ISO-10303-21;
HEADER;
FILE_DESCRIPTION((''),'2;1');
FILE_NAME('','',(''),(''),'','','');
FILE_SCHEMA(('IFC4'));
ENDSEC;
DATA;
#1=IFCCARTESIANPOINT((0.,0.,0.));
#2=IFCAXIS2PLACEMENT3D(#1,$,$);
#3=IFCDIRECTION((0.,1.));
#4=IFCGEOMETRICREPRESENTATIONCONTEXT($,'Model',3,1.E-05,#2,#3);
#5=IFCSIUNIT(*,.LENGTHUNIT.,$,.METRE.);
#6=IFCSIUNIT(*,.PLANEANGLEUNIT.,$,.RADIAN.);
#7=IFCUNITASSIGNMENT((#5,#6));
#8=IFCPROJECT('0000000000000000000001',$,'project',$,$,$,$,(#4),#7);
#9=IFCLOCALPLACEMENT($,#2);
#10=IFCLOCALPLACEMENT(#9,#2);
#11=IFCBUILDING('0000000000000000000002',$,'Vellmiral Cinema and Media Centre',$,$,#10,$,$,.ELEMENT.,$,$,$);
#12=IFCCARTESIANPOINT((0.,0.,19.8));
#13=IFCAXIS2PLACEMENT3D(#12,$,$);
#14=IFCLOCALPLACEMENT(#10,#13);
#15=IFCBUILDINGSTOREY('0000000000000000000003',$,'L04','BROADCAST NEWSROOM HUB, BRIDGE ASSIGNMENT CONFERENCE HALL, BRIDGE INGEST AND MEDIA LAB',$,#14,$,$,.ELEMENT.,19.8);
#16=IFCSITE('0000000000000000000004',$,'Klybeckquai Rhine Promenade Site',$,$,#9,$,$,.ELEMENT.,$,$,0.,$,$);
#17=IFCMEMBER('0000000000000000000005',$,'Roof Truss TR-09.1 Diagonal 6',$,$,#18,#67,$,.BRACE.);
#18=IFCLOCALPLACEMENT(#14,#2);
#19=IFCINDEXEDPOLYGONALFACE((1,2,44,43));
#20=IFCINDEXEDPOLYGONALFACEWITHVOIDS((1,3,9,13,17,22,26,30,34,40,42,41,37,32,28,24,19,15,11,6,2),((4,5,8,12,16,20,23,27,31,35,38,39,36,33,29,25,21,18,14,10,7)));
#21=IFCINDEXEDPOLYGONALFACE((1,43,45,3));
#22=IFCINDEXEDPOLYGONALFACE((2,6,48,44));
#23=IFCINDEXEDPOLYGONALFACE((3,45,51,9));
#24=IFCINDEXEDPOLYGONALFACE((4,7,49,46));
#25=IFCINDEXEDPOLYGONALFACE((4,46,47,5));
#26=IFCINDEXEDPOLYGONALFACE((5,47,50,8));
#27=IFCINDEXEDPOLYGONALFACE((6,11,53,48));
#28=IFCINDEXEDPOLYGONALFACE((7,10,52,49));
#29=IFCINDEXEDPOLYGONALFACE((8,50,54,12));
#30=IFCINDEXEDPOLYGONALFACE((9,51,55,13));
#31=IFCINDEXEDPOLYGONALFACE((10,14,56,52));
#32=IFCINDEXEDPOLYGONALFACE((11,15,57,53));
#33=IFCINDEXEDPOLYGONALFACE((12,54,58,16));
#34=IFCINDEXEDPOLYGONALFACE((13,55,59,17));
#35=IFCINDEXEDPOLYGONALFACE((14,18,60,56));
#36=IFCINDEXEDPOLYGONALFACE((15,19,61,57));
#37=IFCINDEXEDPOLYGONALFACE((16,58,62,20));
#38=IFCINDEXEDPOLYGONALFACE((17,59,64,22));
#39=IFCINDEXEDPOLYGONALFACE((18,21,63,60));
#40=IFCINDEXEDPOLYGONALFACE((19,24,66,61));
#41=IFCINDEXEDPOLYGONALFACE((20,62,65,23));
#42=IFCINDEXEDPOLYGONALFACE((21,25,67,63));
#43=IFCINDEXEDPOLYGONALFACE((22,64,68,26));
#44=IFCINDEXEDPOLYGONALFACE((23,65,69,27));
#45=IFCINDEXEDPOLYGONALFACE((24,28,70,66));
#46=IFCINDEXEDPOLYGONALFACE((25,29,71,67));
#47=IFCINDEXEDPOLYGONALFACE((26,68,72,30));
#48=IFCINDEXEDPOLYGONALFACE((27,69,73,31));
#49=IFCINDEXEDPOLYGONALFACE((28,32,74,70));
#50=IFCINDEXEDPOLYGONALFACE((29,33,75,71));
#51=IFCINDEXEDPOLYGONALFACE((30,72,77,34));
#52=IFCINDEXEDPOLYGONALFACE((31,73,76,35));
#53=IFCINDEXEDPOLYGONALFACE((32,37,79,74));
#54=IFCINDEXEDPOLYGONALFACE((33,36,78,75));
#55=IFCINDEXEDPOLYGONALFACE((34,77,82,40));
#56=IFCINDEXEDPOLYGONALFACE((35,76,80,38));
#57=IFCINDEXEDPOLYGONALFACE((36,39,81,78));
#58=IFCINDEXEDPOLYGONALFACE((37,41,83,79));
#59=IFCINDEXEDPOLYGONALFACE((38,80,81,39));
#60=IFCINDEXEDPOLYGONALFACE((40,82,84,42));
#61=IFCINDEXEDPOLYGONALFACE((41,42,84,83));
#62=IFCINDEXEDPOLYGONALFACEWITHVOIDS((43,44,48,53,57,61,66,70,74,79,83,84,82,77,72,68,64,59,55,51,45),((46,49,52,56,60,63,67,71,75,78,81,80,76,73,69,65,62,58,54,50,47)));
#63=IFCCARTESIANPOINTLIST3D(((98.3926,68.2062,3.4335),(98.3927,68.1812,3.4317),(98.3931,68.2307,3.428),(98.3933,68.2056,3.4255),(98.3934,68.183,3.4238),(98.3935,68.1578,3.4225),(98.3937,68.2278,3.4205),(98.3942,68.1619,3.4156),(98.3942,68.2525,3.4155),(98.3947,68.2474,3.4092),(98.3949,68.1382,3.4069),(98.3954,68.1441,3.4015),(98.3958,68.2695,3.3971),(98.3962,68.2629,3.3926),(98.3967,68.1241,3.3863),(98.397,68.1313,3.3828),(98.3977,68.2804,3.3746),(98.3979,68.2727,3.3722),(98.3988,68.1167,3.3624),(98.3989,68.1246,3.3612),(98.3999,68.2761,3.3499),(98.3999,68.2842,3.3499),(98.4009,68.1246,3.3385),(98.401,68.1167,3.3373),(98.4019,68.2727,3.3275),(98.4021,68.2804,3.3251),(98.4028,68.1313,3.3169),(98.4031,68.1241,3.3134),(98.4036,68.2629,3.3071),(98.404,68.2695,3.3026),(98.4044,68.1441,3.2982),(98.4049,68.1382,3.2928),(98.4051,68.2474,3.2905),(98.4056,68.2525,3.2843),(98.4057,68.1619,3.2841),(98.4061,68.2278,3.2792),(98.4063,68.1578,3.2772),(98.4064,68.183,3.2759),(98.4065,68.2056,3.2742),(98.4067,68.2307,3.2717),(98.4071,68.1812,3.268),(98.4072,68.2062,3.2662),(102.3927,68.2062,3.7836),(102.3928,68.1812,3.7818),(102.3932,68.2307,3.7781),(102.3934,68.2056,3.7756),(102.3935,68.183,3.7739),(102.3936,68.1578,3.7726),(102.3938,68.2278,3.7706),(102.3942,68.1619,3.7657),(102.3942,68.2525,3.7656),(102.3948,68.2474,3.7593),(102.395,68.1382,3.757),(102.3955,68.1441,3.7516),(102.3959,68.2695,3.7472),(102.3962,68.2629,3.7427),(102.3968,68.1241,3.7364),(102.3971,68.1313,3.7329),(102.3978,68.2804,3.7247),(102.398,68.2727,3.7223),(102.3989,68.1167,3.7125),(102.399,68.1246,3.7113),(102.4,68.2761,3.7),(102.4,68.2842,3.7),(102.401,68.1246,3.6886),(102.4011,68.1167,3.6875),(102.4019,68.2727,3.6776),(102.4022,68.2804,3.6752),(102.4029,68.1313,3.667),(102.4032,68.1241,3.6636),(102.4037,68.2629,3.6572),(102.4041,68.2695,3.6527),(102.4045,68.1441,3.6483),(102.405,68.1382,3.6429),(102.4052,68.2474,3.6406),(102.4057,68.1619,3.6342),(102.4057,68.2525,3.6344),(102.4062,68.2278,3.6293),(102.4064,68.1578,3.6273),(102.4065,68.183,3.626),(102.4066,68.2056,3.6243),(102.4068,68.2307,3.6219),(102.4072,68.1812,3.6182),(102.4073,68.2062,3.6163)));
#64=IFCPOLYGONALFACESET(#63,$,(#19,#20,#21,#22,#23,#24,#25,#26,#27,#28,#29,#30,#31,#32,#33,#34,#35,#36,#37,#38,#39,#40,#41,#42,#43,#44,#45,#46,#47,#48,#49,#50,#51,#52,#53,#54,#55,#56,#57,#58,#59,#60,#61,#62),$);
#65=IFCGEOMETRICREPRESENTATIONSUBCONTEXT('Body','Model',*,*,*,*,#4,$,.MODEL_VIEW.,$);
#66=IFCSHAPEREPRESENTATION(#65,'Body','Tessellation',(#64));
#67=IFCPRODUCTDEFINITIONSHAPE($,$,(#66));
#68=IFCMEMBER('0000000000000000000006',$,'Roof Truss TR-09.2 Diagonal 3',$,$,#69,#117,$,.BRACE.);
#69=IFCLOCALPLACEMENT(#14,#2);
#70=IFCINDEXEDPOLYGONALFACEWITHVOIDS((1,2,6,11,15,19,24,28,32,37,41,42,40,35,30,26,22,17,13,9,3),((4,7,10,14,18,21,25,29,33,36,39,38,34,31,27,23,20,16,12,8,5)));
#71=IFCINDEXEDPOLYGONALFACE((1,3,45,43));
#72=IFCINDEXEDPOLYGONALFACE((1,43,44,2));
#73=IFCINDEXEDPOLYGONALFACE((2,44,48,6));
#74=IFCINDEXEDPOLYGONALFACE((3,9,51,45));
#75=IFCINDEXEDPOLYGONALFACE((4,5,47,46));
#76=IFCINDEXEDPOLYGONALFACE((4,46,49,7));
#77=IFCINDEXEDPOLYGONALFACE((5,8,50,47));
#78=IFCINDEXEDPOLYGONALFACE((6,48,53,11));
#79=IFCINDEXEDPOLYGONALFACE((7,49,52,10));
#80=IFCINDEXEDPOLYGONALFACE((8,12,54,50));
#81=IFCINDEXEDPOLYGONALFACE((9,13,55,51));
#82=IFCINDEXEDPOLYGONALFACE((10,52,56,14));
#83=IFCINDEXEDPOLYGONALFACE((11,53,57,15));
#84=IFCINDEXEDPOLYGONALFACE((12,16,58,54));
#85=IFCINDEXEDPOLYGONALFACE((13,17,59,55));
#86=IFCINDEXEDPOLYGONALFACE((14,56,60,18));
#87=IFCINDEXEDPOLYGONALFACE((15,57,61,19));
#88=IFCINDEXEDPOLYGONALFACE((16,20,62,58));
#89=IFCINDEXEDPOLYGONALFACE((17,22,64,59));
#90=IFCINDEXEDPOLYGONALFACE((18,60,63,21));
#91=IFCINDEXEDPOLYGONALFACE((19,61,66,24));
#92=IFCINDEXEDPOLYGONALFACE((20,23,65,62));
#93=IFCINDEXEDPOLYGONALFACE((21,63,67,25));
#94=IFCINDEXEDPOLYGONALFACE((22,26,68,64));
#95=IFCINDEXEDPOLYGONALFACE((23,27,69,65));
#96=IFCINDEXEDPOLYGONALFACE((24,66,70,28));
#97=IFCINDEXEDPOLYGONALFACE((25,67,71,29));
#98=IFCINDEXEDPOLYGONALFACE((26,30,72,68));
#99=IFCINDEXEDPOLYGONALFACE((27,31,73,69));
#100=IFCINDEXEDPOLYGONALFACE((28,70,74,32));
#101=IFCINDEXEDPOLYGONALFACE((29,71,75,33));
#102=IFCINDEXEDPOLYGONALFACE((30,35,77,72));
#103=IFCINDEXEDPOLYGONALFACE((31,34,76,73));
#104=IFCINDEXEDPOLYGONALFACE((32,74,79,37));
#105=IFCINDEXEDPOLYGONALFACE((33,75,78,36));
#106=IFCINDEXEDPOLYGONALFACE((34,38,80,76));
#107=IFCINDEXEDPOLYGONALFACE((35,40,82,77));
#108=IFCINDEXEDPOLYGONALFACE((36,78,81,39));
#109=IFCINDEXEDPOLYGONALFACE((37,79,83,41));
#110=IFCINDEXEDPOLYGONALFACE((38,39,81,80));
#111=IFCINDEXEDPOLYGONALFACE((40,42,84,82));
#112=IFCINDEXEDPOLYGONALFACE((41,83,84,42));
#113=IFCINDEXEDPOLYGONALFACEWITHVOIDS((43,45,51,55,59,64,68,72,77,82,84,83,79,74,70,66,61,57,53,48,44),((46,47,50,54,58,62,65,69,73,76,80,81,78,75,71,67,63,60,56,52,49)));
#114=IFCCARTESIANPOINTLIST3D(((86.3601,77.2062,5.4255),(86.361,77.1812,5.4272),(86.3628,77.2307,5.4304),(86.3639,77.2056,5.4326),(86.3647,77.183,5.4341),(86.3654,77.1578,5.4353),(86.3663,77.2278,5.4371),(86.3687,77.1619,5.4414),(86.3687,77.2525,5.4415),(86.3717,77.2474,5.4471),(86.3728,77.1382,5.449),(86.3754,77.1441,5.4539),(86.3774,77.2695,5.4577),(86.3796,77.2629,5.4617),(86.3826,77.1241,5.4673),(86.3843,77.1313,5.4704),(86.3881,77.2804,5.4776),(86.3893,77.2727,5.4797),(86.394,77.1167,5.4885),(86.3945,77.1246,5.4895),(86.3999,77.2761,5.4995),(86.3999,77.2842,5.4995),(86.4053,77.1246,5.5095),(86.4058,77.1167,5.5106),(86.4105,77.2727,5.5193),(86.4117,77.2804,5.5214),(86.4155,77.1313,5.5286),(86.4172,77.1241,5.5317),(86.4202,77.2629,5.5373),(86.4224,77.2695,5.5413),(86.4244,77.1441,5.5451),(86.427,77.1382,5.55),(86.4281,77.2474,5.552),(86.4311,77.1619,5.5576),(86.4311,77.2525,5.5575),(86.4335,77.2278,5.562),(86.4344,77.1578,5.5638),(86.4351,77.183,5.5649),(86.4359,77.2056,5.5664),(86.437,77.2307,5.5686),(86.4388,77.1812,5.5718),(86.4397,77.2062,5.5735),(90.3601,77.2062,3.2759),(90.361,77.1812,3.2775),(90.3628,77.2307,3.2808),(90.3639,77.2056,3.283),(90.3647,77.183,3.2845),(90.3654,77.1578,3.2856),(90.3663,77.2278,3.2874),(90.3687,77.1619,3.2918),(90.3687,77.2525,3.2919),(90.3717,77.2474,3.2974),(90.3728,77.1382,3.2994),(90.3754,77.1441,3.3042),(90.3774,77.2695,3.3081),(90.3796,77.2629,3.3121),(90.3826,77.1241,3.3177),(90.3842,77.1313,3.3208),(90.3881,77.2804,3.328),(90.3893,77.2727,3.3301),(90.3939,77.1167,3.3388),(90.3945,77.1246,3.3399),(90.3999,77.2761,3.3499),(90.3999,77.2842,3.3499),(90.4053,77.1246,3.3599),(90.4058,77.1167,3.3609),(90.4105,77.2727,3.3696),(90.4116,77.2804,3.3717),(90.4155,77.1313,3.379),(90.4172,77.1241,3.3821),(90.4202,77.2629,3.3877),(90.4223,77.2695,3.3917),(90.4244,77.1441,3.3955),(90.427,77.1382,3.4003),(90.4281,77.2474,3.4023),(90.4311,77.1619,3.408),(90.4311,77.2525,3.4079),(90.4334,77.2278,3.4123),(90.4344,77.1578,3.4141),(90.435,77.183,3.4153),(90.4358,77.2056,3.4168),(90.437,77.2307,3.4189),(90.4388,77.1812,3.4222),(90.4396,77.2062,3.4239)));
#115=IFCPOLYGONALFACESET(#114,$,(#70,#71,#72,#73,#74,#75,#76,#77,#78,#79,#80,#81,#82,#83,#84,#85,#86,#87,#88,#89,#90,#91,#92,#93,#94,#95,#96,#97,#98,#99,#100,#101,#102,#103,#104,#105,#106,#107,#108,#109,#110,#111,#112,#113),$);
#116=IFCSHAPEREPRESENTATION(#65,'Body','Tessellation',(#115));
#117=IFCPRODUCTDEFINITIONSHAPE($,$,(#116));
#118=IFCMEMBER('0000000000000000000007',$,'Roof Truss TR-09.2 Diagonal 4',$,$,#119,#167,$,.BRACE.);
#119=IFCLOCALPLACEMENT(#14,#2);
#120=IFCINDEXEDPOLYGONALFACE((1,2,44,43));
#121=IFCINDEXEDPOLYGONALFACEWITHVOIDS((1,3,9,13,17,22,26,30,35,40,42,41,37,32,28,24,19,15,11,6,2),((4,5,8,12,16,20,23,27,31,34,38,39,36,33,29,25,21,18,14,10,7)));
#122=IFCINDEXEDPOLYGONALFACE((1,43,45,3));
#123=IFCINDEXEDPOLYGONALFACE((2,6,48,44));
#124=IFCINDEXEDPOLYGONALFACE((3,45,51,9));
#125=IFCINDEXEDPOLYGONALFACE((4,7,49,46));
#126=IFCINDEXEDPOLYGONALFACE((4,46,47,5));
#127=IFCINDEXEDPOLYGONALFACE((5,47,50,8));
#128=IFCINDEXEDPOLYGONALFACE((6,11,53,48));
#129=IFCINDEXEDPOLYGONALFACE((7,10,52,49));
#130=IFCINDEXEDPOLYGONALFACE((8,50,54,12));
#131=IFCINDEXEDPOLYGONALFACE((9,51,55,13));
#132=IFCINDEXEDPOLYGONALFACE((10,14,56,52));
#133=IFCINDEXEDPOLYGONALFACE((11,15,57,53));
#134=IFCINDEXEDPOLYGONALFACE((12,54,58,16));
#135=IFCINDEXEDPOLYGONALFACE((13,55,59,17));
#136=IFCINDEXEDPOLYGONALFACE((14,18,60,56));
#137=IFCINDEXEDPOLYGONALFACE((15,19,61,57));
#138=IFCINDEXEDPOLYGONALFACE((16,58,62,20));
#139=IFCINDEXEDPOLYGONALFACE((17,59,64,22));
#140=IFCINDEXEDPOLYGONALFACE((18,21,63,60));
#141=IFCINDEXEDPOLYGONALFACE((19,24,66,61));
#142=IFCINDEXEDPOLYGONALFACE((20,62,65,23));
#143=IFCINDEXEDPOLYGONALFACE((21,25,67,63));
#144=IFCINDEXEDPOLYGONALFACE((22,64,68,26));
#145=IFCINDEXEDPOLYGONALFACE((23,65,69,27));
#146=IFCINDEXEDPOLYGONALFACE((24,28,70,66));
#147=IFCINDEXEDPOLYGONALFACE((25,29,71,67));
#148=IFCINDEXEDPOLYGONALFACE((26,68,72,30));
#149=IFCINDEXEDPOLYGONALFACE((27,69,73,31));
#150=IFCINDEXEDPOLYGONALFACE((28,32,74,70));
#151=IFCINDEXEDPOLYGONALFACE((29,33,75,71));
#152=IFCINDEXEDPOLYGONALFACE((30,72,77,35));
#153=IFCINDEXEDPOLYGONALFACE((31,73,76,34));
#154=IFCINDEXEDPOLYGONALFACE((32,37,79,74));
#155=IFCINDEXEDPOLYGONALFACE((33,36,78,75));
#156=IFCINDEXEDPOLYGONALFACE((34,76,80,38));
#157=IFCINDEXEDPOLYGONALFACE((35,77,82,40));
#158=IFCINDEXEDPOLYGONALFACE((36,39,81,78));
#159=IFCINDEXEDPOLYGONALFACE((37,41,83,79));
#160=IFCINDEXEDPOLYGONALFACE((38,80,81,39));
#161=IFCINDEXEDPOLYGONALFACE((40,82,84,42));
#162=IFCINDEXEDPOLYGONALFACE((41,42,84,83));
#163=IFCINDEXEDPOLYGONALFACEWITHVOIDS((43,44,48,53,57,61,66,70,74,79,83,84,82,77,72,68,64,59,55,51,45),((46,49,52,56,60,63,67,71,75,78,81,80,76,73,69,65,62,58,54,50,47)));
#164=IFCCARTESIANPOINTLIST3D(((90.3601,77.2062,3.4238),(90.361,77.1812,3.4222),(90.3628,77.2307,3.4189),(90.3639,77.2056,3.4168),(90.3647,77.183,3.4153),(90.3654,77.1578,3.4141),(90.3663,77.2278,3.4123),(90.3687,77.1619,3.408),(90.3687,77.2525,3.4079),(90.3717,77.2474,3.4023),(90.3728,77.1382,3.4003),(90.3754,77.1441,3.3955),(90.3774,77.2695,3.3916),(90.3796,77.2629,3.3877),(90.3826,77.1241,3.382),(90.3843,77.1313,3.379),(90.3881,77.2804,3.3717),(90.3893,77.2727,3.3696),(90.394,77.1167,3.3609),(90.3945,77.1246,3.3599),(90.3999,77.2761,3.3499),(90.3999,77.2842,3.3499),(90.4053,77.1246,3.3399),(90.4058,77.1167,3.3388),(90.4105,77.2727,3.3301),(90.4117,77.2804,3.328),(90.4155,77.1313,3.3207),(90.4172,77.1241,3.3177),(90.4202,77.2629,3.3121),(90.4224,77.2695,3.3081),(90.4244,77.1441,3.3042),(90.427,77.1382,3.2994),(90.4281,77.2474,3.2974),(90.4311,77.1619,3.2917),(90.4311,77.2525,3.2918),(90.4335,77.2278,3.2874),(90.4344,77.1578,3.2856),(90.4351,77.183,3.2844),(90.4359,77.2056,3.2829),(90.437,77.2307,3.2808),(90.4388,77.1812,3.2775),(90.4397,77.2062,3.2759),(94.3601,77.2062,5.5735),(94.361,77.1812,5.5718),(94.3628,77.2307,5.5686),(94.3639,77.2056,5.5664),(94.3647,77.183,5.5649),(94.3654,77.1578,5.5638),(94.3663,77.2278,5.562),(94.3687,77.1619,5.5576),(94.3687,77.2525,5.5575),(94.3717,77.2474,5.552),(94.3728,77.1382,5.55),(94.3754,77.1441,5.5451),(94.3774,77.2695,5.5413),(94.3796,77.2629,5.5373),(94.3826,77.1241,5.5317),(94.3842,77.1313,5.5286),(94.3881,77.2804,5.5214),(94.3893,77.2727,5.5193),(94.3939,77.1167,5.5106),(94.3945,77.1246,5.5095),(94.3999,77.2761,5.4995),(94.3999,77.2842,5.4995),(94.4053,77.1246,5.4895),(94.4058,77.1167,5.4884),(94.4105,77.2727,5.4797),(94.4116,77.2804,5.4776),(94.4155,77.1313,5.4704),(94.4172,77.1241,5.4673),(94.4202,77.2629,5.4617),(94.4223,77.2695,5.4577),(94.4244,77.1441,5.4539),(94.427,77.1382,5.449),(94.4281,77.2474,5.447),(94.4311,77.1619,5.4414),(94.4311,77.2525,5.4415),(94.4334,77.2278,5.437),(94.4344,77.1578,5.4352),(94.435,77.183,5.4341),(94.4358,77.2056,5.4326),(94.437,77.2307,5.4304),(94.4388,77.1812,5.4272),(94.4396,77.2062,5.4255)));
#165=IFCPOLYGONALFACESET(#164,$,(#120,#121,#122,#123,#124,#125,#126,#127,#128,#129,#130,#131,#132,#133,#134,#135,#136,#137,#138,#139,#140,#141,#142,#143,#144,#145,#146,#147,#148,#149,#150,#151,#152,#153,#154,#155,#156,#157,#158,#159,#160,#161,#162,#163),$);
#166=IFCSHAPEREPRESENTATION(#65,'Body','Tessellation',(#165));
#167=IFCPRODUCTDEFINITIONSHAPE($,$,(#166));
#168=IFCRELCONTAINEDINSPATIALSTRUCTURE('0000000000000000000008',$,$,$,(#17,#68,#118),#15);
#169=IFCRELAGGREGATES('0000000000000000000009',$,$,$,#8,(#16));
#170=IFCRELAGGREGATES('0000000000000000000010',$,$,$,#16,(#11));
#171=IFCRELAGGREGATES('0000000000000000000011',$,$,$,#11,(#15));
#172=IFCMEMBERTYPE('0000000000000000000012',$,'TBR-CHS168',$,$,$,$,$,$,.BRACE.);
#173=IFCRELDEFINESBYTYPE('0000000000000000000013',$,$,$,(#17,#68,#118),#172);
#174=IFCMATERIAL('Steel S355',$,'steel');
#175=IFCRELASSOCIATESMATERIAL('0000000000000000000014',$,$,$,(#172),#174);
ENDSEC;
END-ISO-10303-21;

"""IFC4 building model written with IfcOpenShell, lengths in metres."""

from ifc_helpers import new_model, si_unit, direction, frame, origin, origin_2d, place, context, subcontext, project, spatial, hollow_circle, extrude, material, material_profile, profile_set, type_object, element, save


model = new_model("IFC4")

# Units and contexts
model_context = context("Model", 3, precision=1e-05, world=origin(), true_north=direction((0.0, 1.0)))
body_context = subcontext(model_context, "Body", "Model", "MODEL_VIEW")
ifc_project = project(units=[si_unit("LENGTHUNIT", "METRE"), si_unit("PLANEANGLEUNIT", "RADIAN")], contexts=[model_context])

# Site, building, storey
site_placement = place(None, origin())
site = spatial("IfcSite", under=ifc_project, at=site_placement, Name="Klybeckquai Rhine Promenade Site", CompositionType="ELEMENT", RefElevation=0.0)
building_placement = place(site_placement, origin())
building = spatial("IfcBuilding", under=site, at=building_placement, Name="Vellmiral Cinema and Media Centre", CompositionType="ELEMENT")
storey_placement = place(building_placement, frame((0.0, 0.0, 19.8)))
storey = spatial("IfcBuildingStorey", under=building, at=storey_placement, Name="L04", Description="BROADCAST NEWSROOM HUB, BRIDGE ASSIGNMENT CONFERENCE HALL, BRIDGE INGEST AND MEDIA LAB", CompositionType="ELEMENT", Elevation=19.8)

# Members
ifc_material_1 = material(Name="Steel S355", Category="steel")
ifc_material_profile_1 = material_profile(ifc_material_1, hollow_circle(Radius=0.0842, WallThickness=0.0081, at=origin_2d()), Name="CHS 168.3x8.0")
ifc_profile_set_1 = profile_set([ifc_material_profile_1], Name="Steel S355")
member_type_1 = type_object("IfcMemberType", Name="TBR-CHS168", PredefinedType="BRACE", material=ifc_profile_set_1)
member_1_placement = place(storey_placement, frame((98.3999, 68.2, 3.3499), z_axis=(0.996192, 0.0, 0.087191), x_axis=(0.0, 1.0, 0.0)))
element("IfcMember", 1, at=member_1_placement, inside=storey, type_object=member_type_1, Name="Roof Truss TR-09.1 Diagonal 6", PredefinedType="BRACE", context=body_context, shape_type="SweptSolid", body=[
    extrude(hollow_circle(Radius=0.0842, WallThickness=0.0081, at=origin_2d()), origin(), (0.0, 0.0, 1.0), 4.0154),
])
for number, where, z_axis, x_axis, name in (
    (2, (86.3999, 77.2, 5.4995), (0.880856, 0.0, -0.473385), (0.0, 1.0, 0.0), "Roof Truss TR-09.2 Diagonal 3"),
    (3, (90.3999, 77.2, 3.3499), (0.880856, 0.0, 0.473385), (0.0, 1.0, 0.0), "Roof Truss TR-09.2 Diagonal 4"),
):
    element("IfcMember", number, at=place(storey_placement, frame(where, z_axis=z_axis, x_axis=x_axis)), inside=storey, type_object=member_type_1, Name=name, PredefinedType="BRACE", context=body_context, shape_type="SweptSolid", body=[
        extrude(hollow_circle(Radius=0.0842, WallThickness=0.0081, at=origin_2d()), origin(), (0.0, 0.0, 1.0), 4.541),
    ])

save(model, "model.ifc")
